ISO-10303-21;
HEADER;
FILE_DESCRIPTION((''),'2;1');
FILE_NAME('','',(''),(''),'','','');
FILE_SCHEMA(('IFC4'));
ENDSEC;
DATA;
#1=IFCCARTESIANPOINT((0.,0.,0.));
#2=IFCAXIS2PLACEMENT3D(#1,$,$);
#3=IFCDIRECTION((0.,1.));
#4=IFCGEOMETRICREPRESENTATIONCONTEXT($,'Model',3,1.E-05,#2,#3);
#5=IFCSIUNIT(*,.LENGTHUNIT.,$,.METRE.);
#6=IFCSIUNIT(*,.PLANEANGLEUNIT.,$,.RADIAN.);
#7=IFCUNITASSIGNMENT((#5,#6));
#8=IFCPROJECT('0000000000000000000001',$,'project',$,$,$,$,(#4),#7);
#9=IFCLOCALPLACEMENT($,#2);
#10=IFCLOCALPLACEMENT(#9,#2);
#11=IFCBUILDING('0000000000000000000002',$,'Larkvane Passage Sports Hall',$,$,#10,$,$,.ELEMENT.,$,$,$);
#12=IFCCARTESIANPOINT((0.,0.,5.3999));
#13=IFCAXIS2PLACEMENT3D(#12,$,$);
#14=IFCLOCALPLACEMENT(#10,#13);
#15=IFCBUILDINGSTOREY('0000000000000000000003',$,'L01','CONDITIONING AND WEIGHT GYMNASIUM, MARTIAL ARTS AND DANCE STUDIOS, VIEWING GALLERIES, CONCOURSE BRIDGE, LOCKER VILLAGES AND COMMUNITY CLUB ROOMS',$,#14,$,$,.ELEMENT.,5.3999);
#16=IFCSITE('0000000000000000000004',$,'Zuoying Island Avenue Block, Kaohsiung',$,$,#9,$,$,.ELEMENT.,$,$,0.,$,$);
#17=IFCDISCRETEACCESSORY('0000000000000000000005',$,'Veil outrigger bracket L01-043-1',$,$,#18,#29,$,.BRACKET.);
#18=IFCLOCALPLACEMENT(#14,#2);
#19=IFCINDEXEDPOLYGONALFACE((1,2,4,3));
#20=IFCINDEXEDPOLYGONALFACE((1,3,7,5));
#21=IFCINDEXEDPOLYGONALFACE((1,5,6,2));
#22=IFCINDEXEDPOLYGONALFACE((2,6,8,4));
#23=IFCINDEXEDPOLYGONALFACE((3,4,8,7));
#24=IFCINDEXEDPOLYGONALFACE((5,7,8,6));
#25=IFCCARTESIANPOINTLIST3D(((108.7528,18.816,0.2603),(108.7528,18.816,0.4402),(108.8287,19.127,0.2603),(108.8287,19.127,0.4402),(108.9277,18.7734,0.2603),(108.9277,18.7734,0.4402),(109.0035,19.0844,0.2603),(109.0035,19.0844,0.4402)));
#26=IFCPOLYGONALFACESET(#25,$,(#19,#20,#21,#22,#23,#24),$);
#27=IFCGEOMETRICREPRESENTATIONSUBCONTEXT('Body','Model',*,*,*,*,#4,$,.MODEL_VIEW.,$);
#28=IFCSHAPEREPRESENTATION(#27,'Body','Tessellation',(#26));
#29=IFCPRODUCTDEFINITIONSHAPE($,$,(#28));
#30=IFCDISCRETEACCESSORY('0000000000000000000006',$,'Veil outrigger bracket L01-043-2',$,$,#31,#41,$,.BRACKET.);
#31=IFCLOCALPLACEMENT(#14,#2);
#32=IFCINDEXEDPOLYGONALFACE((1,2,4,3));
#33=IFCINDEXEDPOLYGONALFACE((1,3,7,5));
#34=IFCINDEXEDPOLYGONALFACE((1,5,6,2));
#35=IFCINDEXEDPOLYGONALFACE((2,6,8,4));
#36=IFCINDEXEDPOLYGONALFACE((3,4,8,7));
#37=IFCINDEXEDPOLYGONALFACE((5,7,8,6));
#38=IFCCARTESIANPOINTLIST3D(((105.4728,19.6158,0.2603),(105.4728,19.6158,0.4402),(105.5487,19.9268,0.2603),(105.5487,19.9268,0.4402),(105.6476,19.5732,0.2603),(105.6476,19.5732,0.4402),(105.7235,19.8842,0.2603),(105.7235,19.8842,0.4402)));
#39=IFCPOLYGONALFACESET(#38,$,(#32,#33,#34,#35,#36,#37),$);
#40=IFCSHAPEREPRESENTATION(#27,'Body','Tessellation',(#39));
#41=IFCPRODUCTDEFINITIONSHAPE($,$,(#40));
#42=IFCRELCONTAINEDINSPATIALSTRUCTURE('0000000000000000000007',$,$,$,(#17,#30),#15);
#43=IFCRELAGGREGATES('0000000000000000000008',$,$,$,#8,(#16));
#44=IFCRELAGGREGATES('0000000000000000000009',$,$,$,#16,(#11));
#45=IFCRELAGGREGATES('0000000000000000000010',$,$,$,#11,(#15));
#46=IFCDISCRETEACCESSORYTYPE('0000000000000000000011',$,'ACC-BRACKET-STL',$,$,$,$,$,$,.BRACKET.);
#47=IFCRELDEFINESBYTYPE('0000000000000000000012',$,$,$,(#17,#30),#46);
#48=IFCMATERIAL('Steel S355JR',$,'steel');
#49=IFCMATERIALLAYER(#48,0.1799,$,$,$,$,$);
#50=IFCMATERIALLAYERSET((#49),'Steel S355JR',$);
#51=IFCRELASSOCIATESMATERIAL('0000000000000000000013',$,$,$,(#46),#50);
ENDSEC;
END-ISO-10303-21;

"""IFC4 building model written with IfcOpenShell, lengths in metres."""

from ifc_helpers import new_model, si_unit, direction, frame, origin, origin_2d, place, context, subcontext, project, spatial, rectangle, extrude, material, layer, layer_set, type_object, element, save


model = new_model("IFC4")

# Units and contexts
model_context = context("Model", 3, precision=1e-05, world=origin(), true_north=direction((0.0, 1.0)))
body_context = subcontext(model_context, "Body", "Model", "MODEL_VIEW")
ifc_project = project(units=[si_unit("LENGTHUNIT", "METRE"), si_unit("PLANEANGLEUNIT", "RADIAN")], contexts=[model_context])

# Site, building, storey
site_placement = place(None, origin())
site = spatial("IfcSite", under=ifc_project, at=site_placement, Name="Zuoying Island Avenue Block, Kaohsiung", CompositionType="ELEMENT", RefElevation=0.0)
building_placement = place(site_placement, origin())
building = spatial("IfcBuilding", under=site, at=building_placement, Name="Larkvane Passage Sports Hall", CompositionType="ELEMENT")
storey_placement = place(building_placement, frame((0.0, 0.0, 5.3999)))
storey = spatial("IfcBuildingStorey", under=building, at=storey_placement, Name="L01", Description="CONDITIONING AND WEIGHT GYMNASIUM, MARTIAL ARTS AND DANCE STUDIOS, VIEWING GALLERIES, CONCOURSE BRIDGE, LOCKER VILLAGES AND COMMUNITY CLUB ROOMS", CompositionType="ELEMENT", Elevation=5.3999)

# Discrete accessories
ifc_material_1 = material(Name="Steel S355JR", Category="steel")
ifc_layer_1 = layer(ifc_material_1, 0.1799)
ifc_layer_set_1 = layer_set([ifc_layer_1], Name="Steel S355JR")
discrete_accessory_type = type_object("IfcDiscreteAccessoryType", Name="ACC-BRACKET-STL", PredefinedType="BRACKET", material=ifc_layer_set_1)
for number, where, z_axis, x_axis, name in (
    (1, (108.8782, 18.9502, 0.2603), (0.0, 0.0, 1.0), (-0.97152, 0.236956, 0.0), "Veil outrigger bracket L01-043-1"),
    (2, (105.5981, 19.75, 0.2603), (0.0, 0.0, 1.0), (-0.97152, 0.236956, 0.0), "Veil outrigger bracket L01-043-2"),
):
    element("IfcDiscreteAccessory", number, at=place(storey_placement, frame(where, z_axis=z_axis, x_axis=x_axis)), inside=storey, type_object=discrete_accessory_type, Name=name, PredefinedType="BRACKET", context=body_context, shape_type="SweptSolid", body=[
        extrude(rectangle(XDim=0.1799, YDim=0.3201, at=origin_2d()), origin(), (0.0, 0.0, 1.0), 0.1799),
    ])

save(model, "model.ifc")
